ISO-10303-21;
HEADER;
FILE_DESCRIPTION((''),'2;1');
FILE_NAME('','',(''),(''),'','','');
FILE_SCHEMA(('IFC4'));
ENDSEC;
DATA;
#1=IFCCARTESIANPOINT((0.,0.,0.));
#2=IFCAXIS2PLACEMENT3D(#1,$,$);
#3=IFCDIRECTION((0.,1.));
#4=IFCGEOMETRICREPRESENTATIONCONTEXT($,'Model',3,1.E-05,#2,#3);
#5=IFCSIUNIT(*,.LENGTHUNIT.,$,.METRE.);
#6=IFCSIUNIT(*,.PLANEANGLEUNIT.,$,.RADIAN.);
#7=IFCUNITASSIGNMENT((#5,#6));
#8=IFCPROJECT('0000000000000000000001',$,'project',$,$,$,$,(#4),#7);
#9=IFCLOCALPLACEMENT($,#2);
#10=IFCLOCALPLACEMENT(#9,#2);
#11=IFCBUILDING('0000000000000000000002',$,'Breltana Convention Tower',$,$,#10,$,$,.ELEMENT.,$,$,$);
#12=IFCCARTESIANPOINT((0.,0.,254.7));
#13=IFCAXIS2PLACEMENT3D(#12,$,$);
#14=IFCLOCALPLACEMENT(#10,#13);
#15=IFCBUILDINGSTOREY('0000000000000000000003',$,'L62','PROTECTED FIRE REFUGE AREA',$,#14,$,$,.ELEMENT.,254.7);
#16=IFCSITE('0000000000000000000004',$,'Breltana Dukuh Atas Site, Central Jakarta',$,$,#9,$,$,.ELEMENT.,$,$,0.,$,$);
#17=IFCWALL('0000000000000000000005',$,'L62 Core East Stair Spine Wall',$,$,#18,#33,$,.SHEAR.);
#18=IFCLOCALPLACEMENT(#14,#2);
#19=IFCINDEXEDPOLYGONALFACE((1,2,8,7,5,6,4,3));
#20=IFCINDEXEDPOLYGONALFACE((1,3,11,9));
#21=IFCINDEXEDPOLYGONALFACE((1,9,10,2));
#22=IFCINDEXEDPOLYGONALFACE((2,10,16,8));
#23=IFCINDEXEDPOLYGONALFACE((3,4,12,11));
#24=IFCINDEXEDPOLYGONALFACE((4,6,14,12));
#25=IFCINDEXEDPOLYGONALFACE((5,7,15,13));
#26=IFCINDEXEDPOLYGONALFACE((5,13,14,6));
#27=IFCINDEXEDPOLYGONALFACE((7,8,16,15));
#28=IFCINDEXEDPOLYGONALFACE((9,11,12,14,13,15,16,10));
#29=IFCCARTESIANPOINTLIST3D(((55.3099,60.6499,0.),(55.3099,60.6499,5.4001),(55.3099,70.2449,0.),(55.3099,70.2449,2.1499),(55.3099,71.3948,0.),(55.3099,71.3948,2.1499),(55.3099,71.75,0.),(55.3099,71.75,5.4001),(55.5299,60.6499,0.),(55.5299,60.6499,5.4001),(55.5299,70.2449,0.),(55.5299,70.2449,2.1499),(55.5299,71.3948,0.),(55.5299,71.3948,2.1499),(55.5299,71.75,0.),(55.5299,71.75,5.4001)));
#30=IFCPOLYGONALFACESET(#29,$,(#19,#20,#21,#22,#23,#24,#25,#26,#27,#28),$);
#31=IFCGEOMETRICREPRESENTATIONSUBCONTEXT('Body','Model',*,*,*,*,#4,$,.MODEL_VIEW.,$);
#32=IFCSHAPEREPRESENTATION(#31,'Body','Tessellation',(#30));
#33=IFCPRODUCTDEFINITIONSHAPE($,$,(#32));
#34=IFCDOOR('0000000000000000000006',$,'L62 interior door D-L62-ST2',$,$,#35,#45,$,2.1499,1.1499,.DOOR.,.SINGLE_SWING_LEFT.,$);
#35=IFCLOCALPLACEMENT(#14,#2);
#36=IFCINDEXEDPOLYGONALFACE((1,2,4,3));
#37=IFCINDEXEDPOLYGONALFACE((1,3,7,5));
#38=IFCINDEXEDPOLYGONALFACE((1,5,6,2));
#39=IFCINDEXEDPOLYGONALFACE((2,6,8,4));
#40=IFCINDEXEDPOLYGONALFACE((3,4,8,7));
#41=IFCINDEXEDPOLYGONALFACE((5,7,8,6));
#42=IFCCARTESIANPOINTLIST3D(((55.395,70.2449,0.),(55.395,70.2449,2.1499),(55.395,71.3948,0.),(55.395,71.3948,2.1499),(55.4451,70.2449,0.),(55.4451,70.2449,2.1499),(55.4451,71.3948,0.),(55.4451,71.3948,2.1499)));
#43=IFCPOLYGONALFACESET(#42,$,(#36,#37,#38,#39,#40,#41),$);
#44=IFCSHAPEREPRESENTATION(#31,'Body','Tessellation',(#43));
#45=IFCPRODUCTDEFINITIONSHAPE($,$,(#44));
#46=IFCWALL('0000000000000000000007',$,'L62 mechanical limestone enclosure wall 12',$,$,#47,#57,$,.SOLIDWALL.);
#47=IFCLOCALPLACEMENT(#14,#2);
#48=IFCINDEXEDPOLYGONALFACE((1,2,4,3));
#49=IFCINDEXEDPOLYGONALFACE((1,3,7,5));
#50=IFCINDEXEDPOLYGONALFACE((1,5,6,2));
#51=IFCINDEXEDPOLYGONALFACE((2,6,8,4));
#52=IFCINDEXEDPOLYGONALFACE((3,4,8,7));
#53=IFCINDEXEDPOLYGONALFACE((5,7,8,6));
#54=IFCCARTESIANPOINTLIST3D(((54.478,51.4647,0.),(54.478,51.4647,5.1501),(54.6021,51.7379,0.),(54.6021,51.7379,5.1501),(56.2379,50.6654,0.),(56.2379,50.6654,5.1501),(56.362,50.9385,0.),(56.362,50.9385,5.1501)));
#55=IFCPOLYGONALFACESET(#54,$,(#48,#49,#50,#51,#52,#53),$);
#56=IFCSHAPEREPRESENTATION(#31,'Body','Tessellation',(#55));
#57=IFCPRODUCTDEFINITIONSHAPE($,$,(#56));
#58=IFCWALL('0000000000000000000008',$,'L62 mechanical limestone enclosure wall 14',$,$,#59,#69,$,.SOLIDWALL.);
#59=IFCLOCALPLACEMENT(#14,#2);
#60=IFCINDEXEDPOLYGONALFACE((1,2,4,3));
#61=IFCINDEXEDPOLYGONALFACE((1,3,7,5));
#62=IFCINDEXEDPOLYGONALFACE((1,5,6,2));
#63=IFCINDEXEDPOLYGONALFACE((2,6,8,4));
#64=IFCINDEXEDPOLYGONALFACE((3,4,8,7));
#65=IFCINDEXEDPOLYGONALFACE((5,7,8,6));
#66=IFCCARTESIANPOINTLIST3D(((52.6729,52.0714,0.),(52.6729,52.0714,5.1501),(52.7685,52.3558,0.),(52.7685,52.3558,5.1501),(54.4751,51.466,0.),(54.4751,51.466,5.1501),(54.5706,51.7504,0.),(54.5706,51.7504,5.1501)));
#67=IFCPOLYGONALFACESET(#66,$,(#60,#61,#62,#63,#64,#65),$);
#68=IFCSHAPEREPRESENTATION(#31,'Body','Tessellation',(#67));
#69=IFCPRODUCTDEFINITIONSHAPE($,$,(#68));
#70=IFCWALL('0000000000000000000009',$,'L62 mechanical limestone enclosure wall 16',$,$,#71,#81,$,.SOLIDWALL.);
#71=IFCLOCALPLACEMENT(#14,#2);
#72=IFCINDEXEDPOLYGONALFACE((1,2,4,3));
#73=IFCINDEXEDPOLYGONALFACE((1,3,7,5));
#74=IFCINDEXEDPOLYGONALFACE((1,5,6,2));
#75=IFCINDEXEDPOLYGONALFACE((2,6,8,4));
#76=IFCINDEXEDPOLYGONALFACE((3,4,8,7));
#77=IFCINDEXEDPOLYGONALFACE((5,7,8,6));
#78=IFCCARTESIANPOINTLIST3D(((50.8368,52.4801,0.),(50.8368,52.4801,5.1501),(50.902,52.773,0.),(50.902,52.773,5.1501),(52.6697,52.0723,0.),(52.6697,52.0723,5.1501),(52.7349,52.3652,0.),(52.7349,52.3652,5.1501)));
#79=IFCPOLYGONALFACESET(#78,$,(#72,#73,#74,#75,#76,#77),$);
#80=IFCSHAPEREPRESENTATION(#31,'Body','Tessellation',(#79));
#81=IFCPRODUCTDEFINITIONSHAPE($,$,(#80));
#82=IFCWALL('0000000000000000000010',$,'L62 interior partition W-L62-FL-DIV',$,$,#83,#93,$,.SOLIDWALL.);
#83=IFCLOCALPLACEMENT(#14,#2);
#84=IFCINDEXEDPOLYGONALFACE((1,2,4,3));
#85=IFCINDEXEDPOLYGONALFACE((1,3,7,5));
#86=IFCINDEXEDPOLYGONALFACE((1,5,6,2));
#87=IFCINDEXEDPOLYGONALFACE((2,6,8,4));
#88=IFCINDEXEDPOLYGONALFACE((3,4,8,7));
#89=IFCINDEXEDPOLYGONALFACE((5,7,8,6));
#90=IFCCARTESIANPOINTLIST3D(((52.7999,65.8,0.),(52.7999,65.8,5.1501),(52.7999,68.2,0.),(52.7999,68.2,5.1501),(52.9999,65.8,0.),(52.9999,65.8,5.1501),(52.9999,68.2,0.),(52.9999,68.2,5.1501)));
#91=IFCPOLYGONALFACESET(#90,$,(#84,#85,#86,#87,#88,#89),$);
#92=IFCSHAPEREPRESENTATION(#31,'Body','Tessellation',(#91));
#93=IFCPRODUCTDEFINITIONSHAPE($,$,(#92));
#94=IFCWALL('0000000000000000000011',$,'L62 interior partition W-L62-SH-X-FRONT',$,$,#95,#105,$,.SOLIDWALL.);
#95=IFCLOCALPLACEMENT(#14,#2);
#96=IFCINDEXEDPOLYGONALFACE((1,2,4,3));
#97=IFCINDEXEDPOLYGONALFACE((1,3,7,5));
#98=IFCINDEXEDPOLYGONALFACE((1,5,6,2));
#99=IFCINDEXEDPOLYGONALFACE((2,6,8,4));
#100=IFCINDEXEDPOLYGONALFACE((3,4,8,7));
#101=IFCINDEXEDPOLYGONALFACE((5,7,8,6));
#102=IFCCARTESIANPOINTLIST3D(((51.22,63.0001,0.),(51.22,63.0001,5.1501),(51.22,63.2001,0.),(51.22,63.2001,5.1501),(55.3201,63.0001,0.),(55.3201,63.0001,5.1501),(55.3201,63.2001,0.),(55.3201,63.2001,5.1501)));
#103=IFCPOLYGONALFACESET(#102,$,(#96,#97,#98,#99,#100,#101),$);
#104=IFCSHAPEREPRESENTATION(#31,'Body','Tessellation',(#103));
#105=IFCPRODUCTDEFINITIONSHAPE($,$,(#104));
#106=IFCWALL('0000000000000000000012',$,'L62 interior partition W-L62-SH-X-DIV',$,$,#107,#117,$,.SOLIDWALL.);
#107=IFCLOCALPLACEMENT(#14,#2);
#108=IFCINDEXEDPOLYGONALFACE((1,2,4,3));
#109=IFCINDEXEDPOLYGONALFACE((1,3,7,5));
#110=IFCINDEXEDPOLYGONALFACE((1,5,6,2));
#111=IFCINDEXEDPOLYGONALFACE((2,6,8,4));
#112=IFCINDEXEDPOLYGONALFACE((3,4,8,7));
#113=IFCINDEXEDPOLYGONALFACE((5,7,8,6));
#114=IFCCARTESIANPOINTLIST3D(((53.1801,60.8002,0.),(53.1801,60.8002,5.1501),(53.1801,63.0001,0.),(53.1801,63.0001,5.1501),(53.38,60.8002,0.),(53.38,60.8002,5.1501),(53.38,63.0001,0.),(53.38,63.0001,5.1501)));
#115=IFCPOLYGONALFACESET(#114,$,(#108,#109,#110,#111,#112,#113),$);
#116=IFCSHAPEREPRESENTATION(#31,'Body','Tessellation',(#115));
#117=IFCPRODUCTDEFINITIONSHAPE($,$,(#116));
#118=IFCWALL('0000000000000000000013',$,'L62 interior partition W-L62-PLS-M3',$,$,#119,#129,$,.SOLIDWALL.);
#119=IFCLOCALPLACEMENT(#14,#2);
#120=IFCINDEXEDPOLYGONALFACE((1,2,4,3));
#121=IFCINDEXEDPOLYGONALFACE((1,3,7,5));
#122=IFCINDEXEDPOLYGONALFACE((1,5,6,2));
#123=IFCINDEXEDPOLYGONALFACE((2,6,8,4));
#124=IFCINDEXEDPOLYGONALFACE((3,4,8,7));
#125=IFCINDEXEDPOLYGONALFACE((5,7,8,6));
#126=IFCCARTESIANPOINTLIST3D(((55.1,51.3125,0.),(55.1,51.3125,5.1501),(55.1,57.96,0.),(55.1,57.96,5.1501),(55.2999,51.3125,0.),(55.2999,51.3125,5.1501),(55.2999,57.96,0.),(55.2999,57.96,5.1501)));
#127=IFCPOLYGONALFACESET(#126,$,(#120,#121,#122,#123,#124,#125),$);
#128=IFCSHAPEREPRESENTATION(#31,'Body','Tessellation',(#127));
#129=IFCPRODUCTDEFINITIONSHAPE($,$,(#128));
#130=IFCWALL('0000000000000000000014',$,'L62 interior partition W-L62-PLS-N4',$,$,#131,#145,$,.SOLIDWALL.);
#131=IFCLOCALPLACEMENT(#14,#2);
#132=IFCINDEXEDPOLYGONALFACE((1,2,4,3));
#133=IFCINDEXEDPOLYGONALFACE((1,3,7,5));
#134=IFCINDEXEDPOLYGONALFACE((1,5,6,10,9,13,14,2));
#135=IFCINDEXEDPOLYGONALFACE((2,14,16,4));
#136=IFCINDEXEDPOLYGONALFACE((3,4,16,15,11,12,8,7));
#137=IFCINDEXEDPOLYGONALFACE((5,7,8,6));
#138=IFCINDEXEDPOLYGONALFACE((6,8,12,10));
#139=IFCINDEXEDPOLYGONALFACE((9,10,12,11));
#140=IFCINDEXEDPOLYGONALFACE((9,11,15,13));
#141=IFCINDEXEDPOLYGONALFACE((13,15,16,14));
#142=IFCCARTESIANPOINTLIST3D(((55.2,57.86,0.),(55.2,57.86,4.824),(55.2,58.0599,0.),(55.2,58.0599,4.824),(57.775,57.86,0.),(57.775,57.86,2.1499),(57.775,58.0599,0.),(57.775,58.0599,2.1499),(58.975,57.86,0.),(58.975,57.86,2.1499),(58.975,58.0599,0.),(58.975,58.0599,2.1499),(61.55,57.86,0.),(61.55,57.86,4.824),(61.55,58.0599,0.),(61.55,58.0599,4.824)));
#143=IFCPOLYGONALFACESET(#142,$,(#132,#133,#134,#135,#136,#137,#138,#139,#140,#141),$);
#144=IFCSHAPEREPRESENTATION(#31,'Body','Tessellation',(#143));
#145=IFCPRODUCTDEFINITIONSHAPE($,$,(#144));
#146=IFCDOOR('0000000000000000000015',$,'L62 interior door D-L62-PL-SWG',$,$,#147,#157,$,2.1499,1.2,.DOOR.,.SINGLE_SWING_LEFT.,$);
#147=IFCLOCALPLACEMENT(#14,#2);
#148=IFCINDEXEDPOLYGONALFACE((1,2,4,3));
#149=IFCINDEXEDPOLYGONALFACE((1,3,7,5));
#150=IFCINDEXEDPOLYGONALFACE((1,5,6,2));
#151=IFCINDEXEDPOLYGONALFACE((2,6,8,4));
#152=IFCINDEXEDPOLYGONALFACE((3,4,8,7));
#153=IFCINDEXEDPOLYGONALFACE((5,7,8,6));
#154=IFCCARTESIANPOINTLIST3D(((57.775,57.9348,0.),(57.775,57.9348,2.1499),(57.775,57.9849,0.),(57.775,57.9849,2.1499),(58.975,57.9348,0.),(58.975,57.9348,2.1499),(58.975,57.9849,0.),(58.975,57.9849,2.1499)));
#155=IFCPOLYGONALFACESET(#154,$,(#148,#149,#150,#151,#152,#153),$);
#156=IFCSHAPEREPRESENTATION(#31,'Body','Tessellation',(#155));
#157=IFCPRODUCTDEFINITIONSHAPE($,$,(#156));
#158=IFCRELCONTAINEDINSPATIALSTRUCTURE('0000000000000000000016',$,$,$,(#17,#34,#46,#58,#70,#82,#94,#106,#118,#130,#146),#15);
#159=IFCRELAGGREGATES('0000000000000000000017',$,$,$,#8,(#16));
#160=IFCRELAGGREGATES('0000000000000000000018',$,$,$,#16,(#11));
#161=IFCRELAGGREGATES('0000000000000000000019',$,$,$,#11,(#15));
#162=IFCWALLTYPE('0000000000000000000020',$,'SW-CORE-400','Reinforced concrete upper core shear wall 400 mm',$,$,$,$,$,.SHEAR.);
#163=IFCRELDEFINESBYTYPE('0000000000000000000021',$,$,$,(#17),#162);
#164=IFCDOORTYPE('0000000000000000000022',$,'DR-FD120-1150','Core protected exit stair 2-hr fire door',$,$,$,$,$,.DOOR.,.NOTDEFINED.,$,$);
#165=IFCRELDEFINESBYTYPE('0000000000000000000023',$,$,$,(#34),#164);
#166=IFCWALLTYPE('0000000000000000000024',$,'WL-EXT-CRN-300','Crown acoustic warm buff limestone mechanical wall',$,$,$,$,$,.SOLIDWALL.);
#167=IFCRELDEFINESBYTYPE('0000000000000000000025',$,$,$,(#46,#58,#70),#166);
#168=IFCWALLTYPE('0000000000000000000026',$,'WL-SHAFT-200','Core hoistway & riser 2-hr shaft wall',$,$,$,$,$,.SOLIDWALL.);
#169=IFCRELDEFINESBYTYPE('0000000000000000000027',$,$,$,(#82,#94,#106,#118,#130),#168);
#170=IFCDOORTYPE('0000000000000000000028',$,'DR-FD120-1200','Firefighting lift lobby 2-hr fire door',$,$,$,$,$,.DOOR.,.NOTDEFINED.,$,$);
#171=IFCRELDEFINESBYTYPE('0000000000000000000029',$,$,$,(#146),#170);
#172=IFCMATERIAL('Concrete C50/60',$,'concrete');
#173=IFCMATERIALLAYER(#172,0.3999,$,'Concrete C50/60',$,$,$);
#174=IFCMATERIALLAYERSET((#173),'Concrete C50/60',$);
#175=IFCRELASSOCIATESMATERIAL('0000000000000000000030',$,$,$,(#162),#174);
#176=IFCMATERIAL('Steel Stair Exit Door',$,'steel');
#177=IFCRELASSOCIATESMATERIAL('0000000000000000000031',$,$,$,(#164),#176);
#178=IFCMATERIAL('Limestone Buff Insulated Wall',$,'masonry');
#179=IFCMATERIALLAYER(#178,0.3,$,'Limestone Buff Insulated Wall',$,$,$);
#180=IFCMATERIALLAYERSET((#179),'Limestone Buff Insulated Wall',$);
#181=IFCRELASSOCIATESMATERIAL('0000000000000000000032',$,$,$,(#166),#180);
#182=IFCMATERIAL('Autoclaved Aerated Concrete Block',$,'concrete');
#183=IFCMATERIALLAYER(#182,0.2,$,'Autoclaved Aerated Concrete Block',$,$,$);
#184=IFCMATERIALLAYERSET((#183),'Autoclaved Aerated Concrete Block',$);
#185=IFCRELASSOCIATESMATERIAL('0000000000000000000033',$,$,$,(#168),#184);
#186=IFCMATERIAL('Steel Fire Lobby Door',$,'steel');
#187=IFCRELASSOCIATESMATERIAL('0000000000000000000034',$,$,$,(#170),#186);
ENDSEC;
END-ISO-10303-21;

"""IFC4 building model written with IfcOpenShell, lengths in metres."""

from ifc_helpers import new_model, si_unit, direction, frame, frame_2d, origin, place, context, subcontext, project, spatial, rectangle, extrude, source, transform, mapped, material, layer, layer_set, type_object, type_shapes, element, fill, save


model = new_model("IFC4")

# Units and contexts
model_context = context("Model", 3, precision=1e-05, world=origin(), true_north=direction((0.0, 1.0)))
body_context = subcontext(model_context, "Body", "Model", "MODEL_VIEW")
ifc_project = project(units=[si_unit("LENGTHUNIT", "METRE"), si_unit("PLANEANGLEUNIT", "RADIAN")], contexts=[model_context])

# Site, building, storey
site_placement = place(None, origin())
site = spatial("IfcSite", under=ifc_project, at=site_placement, Name="Breltana Dukuh Atas Site, Central Jakarta", CompositionType="ELEMENT", RefElevation=0.0)
building_placement = place(site_placement, origin())
building = spatial("IfcBuilding", under=site, at=building_placement, Name="Breltana Convention Tower", CompositionType="ELEMENT")
storey_placement = place(building_placement, frame((0.0, 0.0, 254.7)))
storey = spatial("IfcBuildingStorey", under=building, at=storey_placement, Name="L62", Description="PROTECTED FIRE REFUGE AREA", CompositionType="ELEMENT", Elevation=254.7)

# Shared definitions
ifc_material_1 = material(Name="Concrete C50/60", Category="concrete")
ifc_layer_1 = layer(ifc_material_1, 0.3999, Name="Concrete C50/60")
ifc_layer_set_1 = layer_set([ifc_layer_1], Name="Concrete C50/60")
wall_type_1 = type_object("IfcWallType", Name="SW-CORE-400", Description="Reinforced concrete upper core shear wall 400 mm", PredefinedType="SHEAR", material=ifc_layer_set_1)

# Wall, opening, door
shared_shape_1 = source(origin(), body_context, "Body", "SweptSolid", [
    extrude(rectangle(XDim=11.1001, YDim=0.22, at=frame_2d((5.55, 0.0))), origin(), (0.0, 0.0, 1.0), 5.4001),
])
wall_1_placement = place(storey_placement, frame((55.4199, 60.6499, 0.0), z_axis=(0.0, 0.0, 1.0), x_axis=(0.0, 1.0, 0.0)))
wall_1 = element("IfcWall", 1, at=wall_1_placement, inside=storey, type_object=wall_type_1, Name="L62 Core East Stair Spine Wall", PredefinedType="SHEAR", context=body_context, shape_type="MappedRepresentation", body=[
    mapped(shared_shape_1, transform((0.0, 0.0, 0.0), scale=1.0)),
])
opening_1_placement = place(wall_1_placement, frame((9.595, 0.0, 0.0)))
opening_1 = element("IfcOpeningElement", 2, at=opening_1_placement, cuts=wall_1, PredefinedType="OPENING", context=body_context, shape_type="SweptSolid", body=[
    extrude(rectangle(XDim=1.1499, YDim=2.1499, at=frame_2d((0.575, 1.075))), frame((0.0, 0.1201, 0.0), z_axis=(0.0, -1.0, 0.0), x_axis=(1.0, 0.0, 0.0)), (0.0, 0.0, 1.0), 0.24),
])
ifc_material_2 = material(Name="Steel Stair Exit Door", Category="steel")
door_type_1 = type_object("IfcDoorType", Name="DR-FD120-1150", Description="Core protected exit stair 2-hr fire door", OperationType="NOTDEFINED", PredefinedType="DOOR", material=ifc_material_2)
shared_shape_2 = source(origin(), body_context, "Body", "SweptSolid", [
    extrude(rectangle(XDim=1.1499, YDim=2.1499, at=frame_2d((0.575, 1.075))), frame((0.0, 0.0249, 0.0), z_axis=(0.0, -1.0, 0.0), x_axis=(1.0, 0.0, 0.0)), (0.0, 0.0, 1.0), 0.05),
])
type_shapes(door_type_1, [shared_shape_2])
door_1_placement = place(opening_1_placement, origin())
door_1 = element("IfcDoor", 3, at=door_1_placement, inside=storey, type_object=door_type_1, Name="L62 interior door D-L62-ST2", OperationType="SINGLE_SWING_LEFT", OverallHeight=2.1499, OverallWidth=1.1499, PredefinedType="DOOR", context=body_context, shape_type="MappedRepresentation", body=[
    mapped(shared_shape_2, transform((0.0, 0.0, 0.0), scale=1.0)),
])
fill(opening_1, door_1)

# Walls
ifc_material_3 = material(Name="Limestone Buff Insulated Wall", Category="masonry")
ifc_layer_2 = layer(ifc_material_3, 0.3, Name="Limestone Buff Insulated Wall")
ifc_layer_set_2 = layer_set([ifc_layer_2], Name="Limestone Buff Insulated Wall")
wall_type_2 = type_object("IfcWallType", Name="WL-EXT-CRN-300", Description="Crown acoustic warm buff limestone mechanical wall", PredefinedType="SOLIDWALL", material=ifc_layer_set_2)
shared_shape_3 = source(origin(), body_context, "Body", "SweptSolid", [
    extrude(rectangle(XDim=1.9329, YDim=0.3, at=frame_2d((0.9663, 0.0))), origin(), (0.0, 0.0, 1.0), 5.1501),
])
wall_2_placement = place(storey_placement, frame((56.2998, 50.802, 0.0), z_axis=(0.0, 0.0, 1.0), x_axis=(-0.910479, 0.413555, 0.0)))
element("IfcWall", 4, at=wall_2_placement, inside=storey, type_object=wall_type_2, Name="L62 mechanical limestone enclosure wall 12", PredefinedType="SOLIDWALL", context=body_context, shape_type="MappedRepresentation", body=[
    mapped(shared_shape_3, transform((0.0, 0.0, 0.0), scale=1.0)),
])
shared_shape_4 = source(origin(), body_context, "Body", "SweptSolid", [
    extrude(rectangle(XDim=1.9011, YDim=0.3, at=frame_2d((0.9507, 0.0))), origin(), (0.0, 0.0, 1.0), 5.1501),
])
wall_3_placement = place(storey_placement, frame((54.5229, 51.6082, 0.0), z_axis=(0.0, 0.0, 1.0), x_axis=(-0.947936, 0.318461, 0.0)))
element("IfcWall", 5, at=wall_3_placement, inside=storey, type_object=wall_type_2, Name="L62 mechanical limestone enclosure wall 14", PredefinedType="SOLIDWALL", context=body_context, shape_type="MappedRepresentation", body=[
    mapped(shared_shape_4, transform((0.0, 0.0, 0.0), scale=1.0)),
])
shared_shape_5 = source(origin(), body_context, "Body", "SweptSolid", [
    extrude(rectangle(XDim=1.8777, YDim=0.3, at=frame_2d((0.939, 0.0))), origin(), (0.0, 0.0, 1.0), 5.1501),
])
wall_4_placement = place(storey_placement, frame((52.7024, 52.2188, 0.0), z_axis=(0.0, 0.0, 1.0), x_axis=(-0.976138, 0.217151, 0.0)))
element("IfcWall", 6, at=wall_4_placement, inside=storey, type_object=wall_type_2, Name="L62 mechanical limestone enclosure wall 16", PredefinedType="SOLIDWALL", context=body_context, shape_type="MappedRepresentation", body=[
    mapped(shared_shape_5, transform((0.0, 0.0, 0.0), scale=1.0)),
])
ifc_material_4 = material(Name="Autoclaved Aerated Concrete Block", Category="concrete")
ifc_layer_3 = layer(ifc_material_4, 0.2, Name="Autoclaved Aerated Concrete Block")
ifc_layer_set_3 = layer_set([ifc_layer_3], Name="Autoclaved Aerated Concrete Block")
wall_type_3 = type_object("IfcWallType", Name="WL-SHAFT-200", Description="Core hoistway & riser 2-hr shaft wall", PredefinedType="SOLIDWALL", material=ifc_layer_set_3)
shared_shape_6 = source(origin(), body_context, "Body", "SweptSolid", [
    extrude(rectangle(XDim=2.3999, YDim=0.2, at=frame_2d((1.2, 0.0))), origin(), (0.0, 0.0, 1.0), 5.1501),
])
wall_5_placement = place(storey_placement, frame((52.8999, 65.8, 0.0), z_axis=(0.0, 0.0, 1.0), x_axis=(0.0, 1.0, 0.0)))
element("IfcWall", 7, at=wall_5_placement, inside=storey, type_object=wall_type_3, Name="L62 interior partition W-L62-FL-DIV", PredefinedType="SOLIDWALL", context=body_context, shape_type="MappedRepresentation", body=[
    mapped(shared_shape_6, transform((0.0, 0.0, 0.0), scale=1.0)),
])
shared_shape_7 = source(origin(), body_context, "Body", "SweptSolid", [
    extrude(rectangle(XDim=4.1001, YDim=0.2, at=frame_2d((2.05, 0.0))), origin(), (0.0, 0.0, 1.0), 5.1501),
])
wall_6_placement = place(storey_placement, frame((51.22, 63.1001, 0.0), z_axis=(0.0, 0.0, 1.0), x_axis=(1.0, 0.0, 0.0)))
element("IfcWall", 8, at=wall_6_placement, inside=storey, type_object=wall_type_3, Name="L62 interior partition W-L62-SH-X-FRONT", PredefinedType="SOLIDWALL", context=body_context, shape_type="MappedRepresentation", body=[
    mapped(shared_shape_7, transform((0.0, 0.0, 0.0), scale=1.0)),
])
shared_shape_8 = source(origin(), body_context, "Body", "SweptSolid", [
    extrude(rectangle(XDim=2.2, YDim=0.2, at=frame_2d((1.1001, 0.0))), origin(), (0.0, 0.0, 1.0), 5.1501),
])
wall_7_placement = place(storey_placement, frame((53.28, 60.8, 0.0), z_axis=(0.0, 0.0, 1.0), x_axis=(0.0, 1.0, 0.0)))
element("IfcWall", 9, at=wall_7_placement, inside=storey, type_object=wall_type_3, Name="L62 interior partition W-L62-SH-X-DIV", PredefinedType="SOLIDWALL", context=body_context, shape_type="MappedRepresentation", body=[
    mapped(shared_shape_8, transform((0.0, 0.0, 0.0), scale=1.0)),
])
shared_shape_9 = source(origin(), body_context, "Body", "SweptSolid", [
    extrude(rectangle(XDim=6.6475, YDim=0.2, at=frame_2d((3.3237, 0.0))), origin(), (0.0, 0.0, 1.0), 5.1501),
])
wall_8_placement = place(storey_placement, frame((55.2, 51.3125, 0.0), z_axis=(0.0, 0.0, 1.0), x_axis=(0.0, 1.0, 0.0)))
element("IfcWall", 10, at=wall_8_placement, inside=storey, type_object=wall_type_3, Name="L62 interior partition W-L62-PLS-M3", PredefinedType="SOLIDWALL", context=body_context, shape_type="MappedRepresentation", body=[
    mapped(shared_shape_9, transform((0.0, 0.0, 0.0), scale=1.0)),
])

# Wall, opening, door
shared_shape_10 = source(origin(), body_context, "Body", "SweptSolid", [
    extrude(rectangle(XDim=6.3501, YDim=0.2, at=frame_2d((3.175, 0.0))), origin(), (0.0, 0.0, 1.0), 4.824),
])
wall_9_placement = place(storey_placement, frame((55.2, 57.96, 0.0), z_axis=(0.0, 0.0, 1.0), x_axis=(1.0, 0.0, 0.0)))
wall_9 = element("IfcWall", 11, at=wall_9_placement, inside=storey, type_object=wall_type_3, Name="L62 interior partition W-L62-PLS-N4", PredefinedType="SOLIDWALL", context=body_context, shape_type="MappedRepresentation", body=[
    mapped(shared_shape_10, transform((0.0, 0.0, 0.0), scale=1.0)),
])
opening_2_placement = place(wall_9_placement, frame((2.575, 0.0, 0.0)))
opening_2 = element("IfcOpeningElement", 12, at=opening_2_placement, cuts=wall_9, PredefinedType="OPENING", context=body_context, shape_type="SweptSolid", body=[
    extrude(rectangle(XDim=1.2, YDim=2.1499, at=frame_2d((0.6001, 1.075))), frame((0.0, 0.1099, 0.0), z_axis=(0.0, -1.0, 0.0), x_axis=(1.0, 0.0, 0.0)), (0.0, 0.0, 1.0), 0.22),
])
ifc_material_5 = material(Name="Steel Fire Lobby Door", Category="steel")
door_type_2 = type_object("IfcDoorType", Name="DR-FD120-1200", Description="Firefighting lift lobby 2-hr fire door", OperationType="NOTDEFINED", PredefinedType="DOOR", material=ifc_material_5)
shared_shape_11 = source(origin(), body_context, "Body", "SweptSolid", [
    extrude(rectangle(XDim=1.2, YDim=2.1499, at=frame_2d((0.6001, 1.075))), frame((0.0, 0.0249, 0.0), z_axis=(0.0, -1.0, 0.0), x_axis=(1.0, 0.0, 0.0)), (0.0, 0.0, 1.0), 0.05),
])
type_shapes(door_type_2, [shared_shape_11])
door_2_placement = place(opening_2_placement, origin())
door_2 = element("IfcDoor", 13, at=door_2_placement, inside=storey, type_object=door_type_2, Name="L62 interior door D-L62-PL-SWG", OperationType="SINGLE_SWING_LEFT", OverallHeight=2.1499, OverallWidth=1.2, PredefinedType="DOOR", context=body_context, shape_type="MappedRepresentation", body=[
    mapped(shared_shape_11, transform((0.0, 0.0, 0.0), scale=1.0)),
])
fill(opening_2, door_2)

save(model, "model.ifc")
